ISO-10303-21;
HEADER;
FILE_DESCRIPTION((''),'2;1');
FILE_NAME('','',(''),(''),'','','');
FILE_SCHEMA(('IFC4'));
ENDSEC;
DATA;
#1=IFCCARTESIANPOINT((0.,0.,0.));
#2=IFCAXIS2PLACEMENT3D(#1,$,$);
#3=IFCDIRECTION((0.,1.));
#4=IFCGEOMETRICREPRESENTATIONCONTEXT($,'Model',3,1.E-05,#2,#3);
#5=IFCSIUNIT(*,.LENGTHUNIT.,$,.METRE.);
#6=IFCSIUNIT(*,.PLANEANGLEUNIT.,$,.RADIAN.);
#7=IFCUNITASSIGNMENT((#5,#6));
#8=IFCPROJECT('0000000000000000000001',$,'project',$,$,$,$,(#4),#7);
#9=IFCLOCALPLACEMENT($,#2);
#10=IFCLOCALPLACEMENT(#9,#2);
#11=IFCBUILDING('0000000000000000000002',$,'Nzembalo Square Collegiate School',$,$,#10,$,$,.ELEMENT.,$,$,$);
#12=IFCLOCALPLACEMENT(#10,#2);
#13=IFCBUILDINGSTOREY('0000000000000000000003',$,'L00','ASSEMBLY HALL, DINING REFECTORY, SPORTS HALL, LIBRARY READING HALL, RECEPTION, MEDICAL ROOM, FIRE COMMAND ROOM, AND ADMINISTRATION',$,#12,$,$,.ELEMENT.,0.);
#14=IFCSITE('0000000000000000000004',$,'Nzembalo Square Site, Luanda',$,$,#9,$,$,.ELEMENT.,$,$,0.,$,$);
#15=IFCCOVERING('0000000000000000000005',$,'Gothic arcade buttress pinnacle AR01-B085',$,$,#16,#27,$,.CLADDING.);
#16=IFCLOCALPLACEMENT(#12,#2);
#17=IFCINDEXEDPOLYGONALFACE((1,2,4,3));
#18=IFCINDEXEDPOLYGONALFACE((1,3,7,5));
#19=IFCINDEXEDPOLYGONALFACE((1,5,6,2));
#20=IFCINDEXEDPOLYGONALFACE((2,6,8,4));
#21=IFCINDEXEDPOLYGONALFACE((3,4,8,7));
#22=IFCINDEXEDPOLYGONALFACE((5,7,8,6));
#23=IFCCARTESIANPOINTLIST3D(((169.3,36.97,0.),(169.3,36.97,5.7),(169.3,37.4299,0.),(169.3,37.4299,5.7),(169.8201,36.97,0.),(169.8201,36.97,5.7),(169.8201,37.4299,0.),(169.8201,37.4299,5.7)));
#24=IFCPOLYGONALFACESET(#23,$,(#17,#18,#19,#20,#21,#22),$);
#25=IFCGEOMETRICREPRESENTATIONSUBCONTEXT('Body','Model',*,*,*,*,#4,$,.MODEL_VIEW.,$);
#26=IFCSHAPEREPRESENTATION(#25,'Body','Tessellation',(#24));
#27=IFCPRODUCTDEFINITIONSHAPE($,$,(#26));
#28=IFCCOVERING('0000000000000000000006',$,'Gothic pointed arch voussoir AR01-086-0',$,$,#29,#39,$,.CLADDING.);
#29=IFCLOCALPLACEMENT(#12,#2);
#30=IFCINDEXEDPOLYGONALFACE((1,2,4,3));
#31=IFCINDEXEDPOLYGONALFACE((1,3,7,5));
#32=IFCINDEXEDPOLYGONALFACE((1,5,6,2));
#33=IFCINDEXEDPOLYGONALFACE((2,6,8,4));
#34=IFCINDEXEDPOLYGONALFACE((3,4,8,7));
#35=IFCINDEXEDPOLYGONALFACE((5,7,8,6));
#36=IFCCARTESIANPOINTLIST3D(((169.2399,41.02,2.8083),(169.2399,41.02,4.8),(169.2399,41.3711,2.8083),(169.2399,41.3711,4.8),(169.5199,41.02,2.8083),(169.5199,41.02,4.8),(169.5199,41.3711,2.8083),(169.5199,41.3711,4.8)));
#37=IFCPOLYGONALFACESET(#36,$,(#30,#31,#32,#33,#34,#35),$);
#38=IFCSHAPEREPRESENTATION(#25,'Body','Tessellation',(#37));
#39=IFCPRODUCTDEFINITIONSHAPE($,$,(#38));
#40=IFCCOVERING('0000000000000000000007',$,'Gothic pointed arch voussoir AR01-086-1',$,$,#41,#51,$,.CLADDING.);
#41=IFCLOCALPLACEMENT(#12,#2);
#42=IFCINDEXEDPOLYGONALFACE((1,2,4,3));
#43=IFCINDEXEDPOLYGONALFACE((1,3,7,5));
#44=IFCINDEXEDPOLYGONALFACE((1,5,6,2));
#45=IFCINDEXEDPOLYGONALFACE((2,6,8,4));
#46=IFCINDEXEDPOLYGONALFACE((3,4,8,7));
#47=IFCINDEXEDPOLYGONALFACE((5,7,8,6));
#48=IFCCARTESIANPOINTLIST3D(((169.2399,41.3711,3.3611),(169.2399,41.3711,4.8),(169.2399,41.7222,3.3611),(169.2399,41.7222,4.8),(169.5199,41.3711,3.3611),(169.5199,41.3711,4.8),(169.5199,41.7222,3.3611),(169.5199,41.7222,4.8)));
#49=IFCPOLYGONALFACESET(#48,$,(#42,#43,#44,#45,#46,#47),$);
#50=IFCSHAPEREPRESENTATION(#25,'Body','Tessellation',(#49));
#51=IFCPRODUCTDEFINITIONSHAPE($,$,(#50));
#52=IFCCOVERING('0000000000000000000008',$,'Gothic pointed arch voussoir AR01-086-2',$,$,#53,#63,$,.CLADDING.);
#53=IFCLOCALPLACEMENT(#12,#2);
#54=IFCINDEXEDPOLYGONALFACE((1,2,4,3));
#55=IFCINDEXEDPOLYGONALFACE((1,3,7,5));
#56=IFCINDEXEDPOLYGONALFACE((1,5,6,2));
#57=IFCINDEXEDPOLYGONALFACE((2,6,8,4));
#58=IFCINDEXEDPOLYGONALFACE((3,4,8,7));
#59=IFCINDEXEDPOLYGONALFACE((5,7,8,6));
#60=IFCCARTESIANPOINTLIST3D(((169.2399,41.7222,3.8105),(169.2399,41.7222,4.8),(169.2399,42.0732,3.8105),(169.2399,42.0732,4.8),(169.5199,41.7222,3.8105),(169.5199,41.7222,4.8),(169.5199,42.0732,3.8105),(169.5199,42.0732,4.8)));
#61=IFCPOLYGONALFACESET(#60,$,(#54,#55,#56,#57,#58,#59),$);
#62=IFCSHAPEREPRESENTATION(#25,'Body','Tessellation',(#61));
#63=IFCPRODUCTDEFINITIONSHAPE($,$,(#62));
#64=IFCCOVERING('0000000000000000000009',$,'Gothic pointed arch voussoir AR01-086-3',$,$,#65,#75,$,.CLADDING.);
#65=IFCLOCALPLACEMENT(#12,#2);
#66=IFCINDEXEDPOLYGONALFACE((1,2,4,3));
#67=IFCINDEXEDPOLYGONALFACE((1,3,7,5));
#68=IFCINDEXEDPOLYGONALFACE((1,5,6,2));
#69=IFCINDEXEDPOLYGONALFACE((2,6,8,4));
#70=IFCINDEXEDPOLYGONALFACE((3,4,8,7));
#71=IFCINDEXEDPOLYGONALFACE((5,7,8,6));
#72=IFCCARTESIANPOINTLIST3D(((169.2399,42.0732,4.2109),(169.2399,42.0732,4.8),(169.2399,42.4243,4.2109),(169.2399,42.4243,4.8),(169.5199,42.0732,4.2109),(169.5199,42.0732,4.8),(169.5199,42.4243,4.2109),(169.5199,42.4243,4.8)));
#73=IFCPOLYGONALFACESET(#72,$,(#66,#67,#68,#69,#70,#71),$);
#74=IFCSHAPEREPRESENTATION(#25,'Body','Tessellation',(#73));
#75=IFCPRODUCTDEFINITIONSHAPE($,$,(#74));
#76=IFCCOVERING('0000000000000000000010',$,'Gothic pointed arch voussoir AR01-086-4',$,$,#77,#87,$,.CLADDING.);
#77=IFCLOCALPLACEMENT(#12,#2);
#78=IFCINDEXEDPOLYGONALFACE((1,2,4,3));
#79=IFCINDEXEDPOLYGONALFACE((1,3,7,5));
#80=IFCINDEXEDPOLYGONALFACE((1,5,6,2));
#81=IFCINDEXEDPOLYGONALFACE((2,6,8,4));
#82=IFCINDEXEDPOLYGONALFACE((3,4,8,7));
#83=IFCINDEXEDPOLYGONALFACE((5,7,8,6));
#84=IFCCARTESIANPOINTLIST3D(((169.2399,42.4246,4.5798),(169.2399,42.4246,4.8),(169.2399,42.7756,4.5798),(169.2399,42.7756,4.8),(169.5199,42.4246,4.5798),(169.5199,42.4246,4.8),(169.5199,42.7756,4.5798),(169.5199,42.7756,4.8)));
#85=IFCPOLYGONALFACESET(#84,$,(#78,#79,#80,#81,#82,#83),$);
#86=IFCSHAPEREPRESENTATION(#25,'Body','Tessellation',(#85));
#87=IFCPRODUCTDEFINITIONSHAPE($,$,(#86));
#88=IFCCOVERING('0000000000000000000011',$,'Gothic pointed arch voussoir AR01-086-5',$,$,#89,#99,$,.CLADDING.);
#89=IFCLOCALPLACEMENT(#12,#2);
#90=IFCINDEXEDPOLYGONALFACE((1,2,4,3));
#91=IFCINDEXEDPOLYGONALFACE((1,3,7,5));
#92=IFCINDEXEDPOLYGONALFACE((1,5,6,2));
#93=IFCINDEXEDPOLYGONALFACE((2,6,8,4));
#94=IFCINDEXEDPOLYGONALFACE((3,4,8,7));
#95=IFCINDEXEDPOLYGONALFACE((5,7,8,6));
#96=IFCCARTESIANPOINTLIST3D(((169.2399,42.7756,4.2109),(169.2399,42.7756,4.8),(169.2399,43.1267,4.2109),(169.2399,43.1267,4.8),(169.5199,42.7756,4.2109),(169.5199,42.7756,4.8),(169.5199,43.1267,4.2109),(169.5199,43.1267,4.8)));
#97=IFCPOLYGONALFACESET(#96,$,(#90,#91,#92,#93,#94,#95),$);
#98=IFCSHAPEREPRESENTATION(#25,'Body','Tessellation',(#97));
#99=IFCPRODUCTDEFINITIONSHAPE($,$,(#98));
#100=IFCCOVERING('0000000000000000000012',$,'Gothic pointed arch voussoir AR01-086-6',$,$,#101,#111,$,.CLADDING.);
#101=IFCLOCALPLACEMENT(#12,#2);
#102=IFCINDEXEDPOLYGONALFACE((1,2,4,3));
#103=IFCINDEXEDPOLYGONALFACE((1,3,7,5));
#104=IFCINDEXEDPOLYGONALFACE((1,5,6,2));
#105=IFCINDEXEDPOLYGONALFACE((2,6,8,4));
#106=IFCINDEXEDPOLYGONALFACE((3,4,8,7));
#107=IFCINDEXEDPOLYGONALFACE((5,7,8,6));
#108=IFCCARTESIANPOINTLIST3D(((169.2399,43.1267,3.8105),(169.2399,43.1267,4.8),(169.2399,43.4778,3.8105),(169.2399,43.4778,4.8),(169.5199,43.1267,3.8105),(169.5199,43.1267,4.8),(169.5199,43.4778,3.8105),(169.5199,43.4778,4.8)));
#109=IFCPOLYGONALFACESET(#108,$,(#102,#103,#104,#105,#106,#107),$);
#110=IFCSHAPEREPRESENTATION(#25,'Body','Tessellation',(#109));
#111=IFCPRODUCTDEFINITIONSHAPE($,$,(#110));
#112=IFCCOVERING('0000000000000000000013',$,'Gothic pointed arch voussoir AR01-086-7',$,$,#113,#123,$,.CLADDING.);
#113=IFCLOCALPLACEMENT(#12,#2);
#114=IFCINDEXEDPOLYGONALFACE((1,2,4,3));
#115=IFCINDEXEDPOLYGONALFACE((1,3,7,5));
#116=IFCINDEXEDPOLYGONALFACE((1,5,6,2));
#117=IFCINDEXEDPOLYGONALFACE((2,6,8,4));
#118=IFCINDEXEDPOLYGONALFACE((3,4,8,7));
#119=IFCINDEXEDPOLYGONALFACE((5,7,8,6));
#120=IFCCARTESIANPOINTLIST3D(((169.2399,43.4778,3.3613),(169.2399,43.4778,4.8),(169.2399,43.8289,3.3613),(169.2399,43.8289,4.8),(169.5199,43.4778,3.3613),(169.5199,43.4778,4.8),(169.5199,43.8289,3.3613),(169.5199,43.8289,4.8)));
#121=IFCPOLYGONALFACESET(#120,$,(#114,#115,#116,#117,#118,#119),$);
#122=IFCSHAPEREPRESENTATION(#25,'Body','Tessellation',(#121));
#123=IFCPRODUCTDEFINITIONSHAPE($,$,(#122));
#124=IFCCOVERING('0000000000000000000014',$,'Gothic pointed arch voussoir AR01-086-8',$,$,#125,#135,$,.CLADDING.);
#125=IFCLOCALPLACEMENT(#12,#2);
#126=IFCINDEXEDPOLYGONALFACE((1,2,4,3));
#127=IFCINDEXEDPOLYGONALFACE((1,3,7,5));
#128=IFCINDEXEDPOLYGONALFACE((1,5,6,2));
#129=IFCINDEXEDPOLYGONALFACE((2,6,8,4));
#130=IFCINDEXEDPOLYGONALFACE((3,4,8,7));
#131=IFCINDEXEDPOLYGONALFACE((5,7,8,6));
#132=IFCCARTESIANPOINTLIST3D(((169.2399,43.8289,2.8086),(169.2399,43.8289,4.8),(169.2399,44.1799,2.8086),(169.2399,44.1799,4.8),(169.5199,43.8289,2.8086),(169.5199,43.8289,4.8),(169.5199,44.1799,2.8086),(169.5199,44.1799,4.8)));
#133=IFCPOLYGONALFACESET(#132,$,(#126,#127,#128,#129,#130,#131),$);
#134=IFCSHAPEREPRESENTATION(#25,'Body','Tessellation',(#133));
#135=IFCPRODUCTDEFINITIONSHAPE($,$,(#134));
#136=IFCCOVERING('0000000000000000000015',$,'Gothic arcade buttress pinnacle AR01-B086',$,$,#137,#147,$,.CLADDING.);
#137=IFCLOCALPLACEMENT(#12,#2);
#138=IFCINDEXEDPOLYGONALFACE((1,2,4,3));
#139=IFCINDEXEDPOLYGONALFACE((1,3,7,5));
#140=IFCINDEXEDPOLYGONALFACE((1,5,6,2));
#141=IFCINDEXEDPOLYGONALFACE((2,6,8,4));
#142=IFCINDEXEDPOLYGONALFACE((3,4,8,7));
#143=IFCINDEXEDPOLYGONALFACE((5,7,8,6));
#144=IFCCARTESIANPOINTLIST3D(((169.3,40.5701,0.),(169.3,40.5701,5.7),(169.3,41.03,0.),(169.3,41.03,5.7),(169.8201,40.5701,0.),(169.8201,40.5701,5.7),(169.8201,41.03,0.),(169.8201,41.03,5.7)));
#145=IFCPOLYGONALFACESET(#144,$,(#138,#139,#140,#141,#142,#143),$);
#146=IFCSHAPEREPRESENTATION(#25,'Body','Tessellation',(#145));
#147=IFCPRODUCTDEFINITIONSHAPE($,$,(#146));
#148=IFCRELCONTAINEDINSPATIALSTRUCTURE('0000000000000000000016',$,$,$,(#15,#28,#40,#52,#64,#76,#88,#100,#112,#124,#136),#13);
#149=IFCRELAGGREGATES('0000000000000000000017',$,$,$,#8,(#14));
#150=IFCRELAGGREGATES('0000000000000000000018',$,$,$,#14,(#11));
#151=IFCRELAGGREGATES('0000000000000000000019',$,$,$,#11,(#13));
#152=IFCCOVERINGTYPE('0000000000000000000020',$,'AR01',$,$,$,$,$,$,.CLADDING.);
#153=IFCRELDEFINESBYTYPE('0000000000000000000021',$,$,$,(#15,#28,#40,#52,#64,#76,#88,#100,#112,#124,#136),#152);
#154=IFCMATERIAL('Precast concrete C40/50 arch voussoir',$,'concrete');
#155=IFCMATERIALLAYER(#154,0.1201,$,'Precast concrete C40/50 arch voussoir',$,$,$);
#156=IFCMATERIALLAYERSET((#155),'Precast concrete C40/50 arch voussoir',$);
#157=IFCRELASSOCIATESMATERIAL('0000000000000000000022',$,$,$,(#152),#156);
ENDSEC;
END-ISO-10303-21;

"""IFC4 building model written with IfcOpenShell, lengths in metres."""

from ifc_helpers import new_model, si_unit, direction, frame, origin, origin_2d, place, context, subcontext, project, spatial, rectangle, extrude, material, layer, layer_set, type_object, element, save


model = new_model("IFC4")

# Units and contexts
model_context = context("Model", 3, precision=1e-05, world=origin(), true_north=direction((0.0, 1.0)))
body_context = subcontext(model_context, "Body", "Model", "MODEL_VIEW")
ifc_project = project(units=[si_unit("LENGTHUNIT", "METRE"), si_unit("PLANEANGLEUNIT", "RADIAN")], contexts=[model_context])

# Site, building, storey
site_placement = place(None, origin())
site = spatial("IfcSite", under=ifc_project, at=site_placement, Name="Nzembalo Square Site, Luanda", CompositionType="ELEMENT", RefElevation=0.0)
building_placement = place(site_placement, origin())
building = spatial("IfcBuilding", under=site, at=building_placement, Name="Nzembalo Square Collegiate School", CompositionType="ELEMENT")
storey_placement = place(building_placement, origin())
storey = spatial("IfcBuildingStorey", under=building, at=storey_placement, Name="L00", Description="ASSEMBLY HALL, DINING REFECTORY, SPORTS HALL, LIBRARY READING HALL, RECEPTION, MEDICAL ROOM, FIRE COMMAND ROOM, AND ADMINISTRATION", CompositionType="ELEMENT", Elevation=0.0)

# Coverings
ifc_material = material(Name="Precast concrete C40/50 arch voussoir", Category="concrete")
ifc_layer = layer(ifc_material, 0.1201, Name="Precast concrete C40/50 arch voussoir")
ifc_layer_set = layer_set([ifc_layer], Name="Precast concrete C40/50 arch voussoir")
covering_type = type_object("IfcCoveringType", Name="AR01", PredefinedType="CLADDING", material=ifc_layer_set)
covering_1_placement = place(storey_placement, frame((169.5601, 37.2, 0.0), z_axis=(0.0, 0.0, 1.0), x_axis=(1.0, 0.0, 0.0)))
element("IfcCovering", 1, at=covering_1_placement, inside=storey, type_object=covering_type, Name="Gothic arcade buttress pinnacle AR01-B085", PredefinedType="CLADDING", context=body_context, shape_type="SweptSolid", body=[
    extrude(rectangle(XDim=0.52, YDim=0.46, at=origin_2d()), origin(), (0.0, 0.0, 1.0), 5.7),
])
covering_2_placement = place(storey_placement, frame((169.3799, 41.1956, 2.8083), z_axis=(0.0, 0.0, 1.0), x_axis=(1.0, 0.0, 0.0)))
element("IfcCovering", 2, at=covering_2_placement, inside=storey, type_object=covering_type, Name="Gothic pointed arch voussoir AR01-086-0", PredefinedType="CLADDING", context=body_context, shape_type="SweptSolid", body=[
    extrude(rectangle(XDim=0.28, YDim=0.3511, at=origin_2d()), origin(), (0.0, 0.0, 1.0), 1.9917),
])
covering_3_placement = place(storey_placement, frame((169.3799, 41.5466, 3.3611), z_axis=(0.0, 0.0, 1.0), x_axis=(1.0, 0.0, 0.0)))
element("IfcCovering", 3, at=covering_3_placement, inside=storey, type_object=covering_type, Name="Gothic pointed arch voussoir AR01-086-1", PredefinedType="CLADDING", context=body_context, shape_type="SweptSolid", body=[
    extrude(rectangle(XDim=0.28, YDim=0.3511, at=origin_2d()), origin(), (0.0, 0.0, 1.0), 1.439),
])
covering_4_placement = place(storey_placement, frame((169.3799, 41.8977, 3.8105), z_axis=(0.0, 0.0, 1.0), x_axis=(1.0, 0.0, 0.0)))
element("IfcCovering", 4, at=covering_4_placement, inside=storey, type_object=covering_type, Name="Gothic pointed arch voussoir AR01-086-2", PredefinedType="CLADDING", context=body_context, shape_type="SweptSolid", body=[
    extrude(rectangle(XDim=0.28, YDim=0.3511, at=origin_2d()), origin(), (0.0, 0.0, 1.0), 0.9895),
])
covering_5_placement = place(storey_placement, frame((169.3799, 42.2488, 4.2109), z_axis=(0.0, 0.0, 1.0), x_axis=(1.0, 0.0, 0.0)))
element("IfcCovering", 5, at=covering_5_placement, inside=storey, type_object=covering_type, Name="Gothic pointed arch voussoir AR01-086-3", PredefinedType="CLADDING", context=body_context, shape_type="SweptSolid", body=[
    extrude(rectangle(XDim=0.28, YDim=0.3511, at=origin_2d()), origin(), (0.0, 0.0, 1.0), 0.5891),
])
covering_6_placement = place(storey_placement, frame((169.3799, 42.6001, 4.5798), z_axis=(0.0, 0.0, 1.0), x_axis=(1.0, 0.0, 0.0)))
element("IfcCovering", 6, at=covering_6_placement, inside=storey, type_object=covering_type, Name="Gothic pointed arch voussoir AR01-086-4", PredefinedType="CLADDING", context=body_context, shape_type="SweptSolid", body=[
    extrude(rectangle(XDim=0.28, YDim=0.3511, at=origin_2d()), origin(), (0.0, 0.0, 1.0), 0.2202),
])
covering_7_placement = place(storey_placement, frame((169.3799, 42.9512, 4.2109), z_axis=(0.0, 0.0, 1.0), x_axis=(1.0, 0.0, 0.0)))
element("IfcCovering", 7, at=covering_7_placement, inside=storey, type_object=covering_type, Name="Gothic pointed arch voussoir AR01-086-5", PredefinedType="CLADDING", context=body_context, shape_type="SweptSolid", body=[
    extrude(rectangle(XDim=0.28, YDim=0.3511, at=origin_2d()), origin(), (0.0, 0.0, 1.0), 0.5891),
])
covering_8_placement = place(storey_placement, frame((169.3799, 43.3022, 3.8105), z_axis=(0.0, 0.0, 1.0), x_axis=(1.0, 0.0, 0.0)))
element("IfcCovering", 8, at=covering_8_placement, inside=storey, type_object=covering_type, Name="Gothic pointed arch voussoir AR01-086-6", PredefinedType="CLADDING", context=body_context, shape_type="SweptSolid", body=[
    extrude(rectangle(XDim=0.28, YDim=0.3511, at=origin_2d()), origin(), (0.0, 0.0, 1.0), 0.9895),
])
covering_9_placement = place(storey_placement, frame((169.3799, 43.6533, 3.3613), z_axis=(0.0, 0.0, 1.0), x_axis=(1.0, 0.0, 0.0)))
element("IfcCovering", 9, at=covering_9_placement, inside=storey, type_object=covering_type, Name="Gothic pointed arch voussoir AR01-086-7", PredefinedType="CLADDING", context=body_context, shape_type="SweptSolid", body=[
    extrude(rectangle(XDim=0.28, YDim=0.3511, at=origin_2d()), origin(), (0.0, 0.0, 1.0), 1.4387),
])
covering_10_placement = place(storey_placement, frame((169.3799, 44.0044, 2.8086), z_axis=(0.0, 0.0, 1.0), x_axis=(1.0, 0.0, 0.0)))
element("IfcCovering", 10, at=covering_10_placement, inside=storey, type_object=covering_type, Name="Gothic pointed arch voussoir AR01-086-8", PredefinedType="CLADDING", context=body_context, shape_type="SweptSolid", body=[
    extrude(rectangle(XDim=0.28, YDim=0.3511, at=origin_2d()), origin(), (0.0, 0.0, 1.0), 1.9915),
])
covering_11_placement = place(storey_placement, frame((169.5601, 40.8, 0.0), z_axis=(0.0, 0.0, 1.0), x_axis=(1.0, 0.0, 0.0)))
element("IfcCovering", 11, at=covering_11_placement, inside=storey, type_object=covering_type, Name="Gothic arcade buttress pinnacle AR01-B086", PredefinedType="CLADDING", context=body_context, shape_type="SweptSolid", body=[
    extrude(rectangle(XDim=0.52, YDim=0.46, at=origin_2d()), origin(), (0.0, 0.0, 1.0), 5.7),
])

save(model, "model.ifc")
